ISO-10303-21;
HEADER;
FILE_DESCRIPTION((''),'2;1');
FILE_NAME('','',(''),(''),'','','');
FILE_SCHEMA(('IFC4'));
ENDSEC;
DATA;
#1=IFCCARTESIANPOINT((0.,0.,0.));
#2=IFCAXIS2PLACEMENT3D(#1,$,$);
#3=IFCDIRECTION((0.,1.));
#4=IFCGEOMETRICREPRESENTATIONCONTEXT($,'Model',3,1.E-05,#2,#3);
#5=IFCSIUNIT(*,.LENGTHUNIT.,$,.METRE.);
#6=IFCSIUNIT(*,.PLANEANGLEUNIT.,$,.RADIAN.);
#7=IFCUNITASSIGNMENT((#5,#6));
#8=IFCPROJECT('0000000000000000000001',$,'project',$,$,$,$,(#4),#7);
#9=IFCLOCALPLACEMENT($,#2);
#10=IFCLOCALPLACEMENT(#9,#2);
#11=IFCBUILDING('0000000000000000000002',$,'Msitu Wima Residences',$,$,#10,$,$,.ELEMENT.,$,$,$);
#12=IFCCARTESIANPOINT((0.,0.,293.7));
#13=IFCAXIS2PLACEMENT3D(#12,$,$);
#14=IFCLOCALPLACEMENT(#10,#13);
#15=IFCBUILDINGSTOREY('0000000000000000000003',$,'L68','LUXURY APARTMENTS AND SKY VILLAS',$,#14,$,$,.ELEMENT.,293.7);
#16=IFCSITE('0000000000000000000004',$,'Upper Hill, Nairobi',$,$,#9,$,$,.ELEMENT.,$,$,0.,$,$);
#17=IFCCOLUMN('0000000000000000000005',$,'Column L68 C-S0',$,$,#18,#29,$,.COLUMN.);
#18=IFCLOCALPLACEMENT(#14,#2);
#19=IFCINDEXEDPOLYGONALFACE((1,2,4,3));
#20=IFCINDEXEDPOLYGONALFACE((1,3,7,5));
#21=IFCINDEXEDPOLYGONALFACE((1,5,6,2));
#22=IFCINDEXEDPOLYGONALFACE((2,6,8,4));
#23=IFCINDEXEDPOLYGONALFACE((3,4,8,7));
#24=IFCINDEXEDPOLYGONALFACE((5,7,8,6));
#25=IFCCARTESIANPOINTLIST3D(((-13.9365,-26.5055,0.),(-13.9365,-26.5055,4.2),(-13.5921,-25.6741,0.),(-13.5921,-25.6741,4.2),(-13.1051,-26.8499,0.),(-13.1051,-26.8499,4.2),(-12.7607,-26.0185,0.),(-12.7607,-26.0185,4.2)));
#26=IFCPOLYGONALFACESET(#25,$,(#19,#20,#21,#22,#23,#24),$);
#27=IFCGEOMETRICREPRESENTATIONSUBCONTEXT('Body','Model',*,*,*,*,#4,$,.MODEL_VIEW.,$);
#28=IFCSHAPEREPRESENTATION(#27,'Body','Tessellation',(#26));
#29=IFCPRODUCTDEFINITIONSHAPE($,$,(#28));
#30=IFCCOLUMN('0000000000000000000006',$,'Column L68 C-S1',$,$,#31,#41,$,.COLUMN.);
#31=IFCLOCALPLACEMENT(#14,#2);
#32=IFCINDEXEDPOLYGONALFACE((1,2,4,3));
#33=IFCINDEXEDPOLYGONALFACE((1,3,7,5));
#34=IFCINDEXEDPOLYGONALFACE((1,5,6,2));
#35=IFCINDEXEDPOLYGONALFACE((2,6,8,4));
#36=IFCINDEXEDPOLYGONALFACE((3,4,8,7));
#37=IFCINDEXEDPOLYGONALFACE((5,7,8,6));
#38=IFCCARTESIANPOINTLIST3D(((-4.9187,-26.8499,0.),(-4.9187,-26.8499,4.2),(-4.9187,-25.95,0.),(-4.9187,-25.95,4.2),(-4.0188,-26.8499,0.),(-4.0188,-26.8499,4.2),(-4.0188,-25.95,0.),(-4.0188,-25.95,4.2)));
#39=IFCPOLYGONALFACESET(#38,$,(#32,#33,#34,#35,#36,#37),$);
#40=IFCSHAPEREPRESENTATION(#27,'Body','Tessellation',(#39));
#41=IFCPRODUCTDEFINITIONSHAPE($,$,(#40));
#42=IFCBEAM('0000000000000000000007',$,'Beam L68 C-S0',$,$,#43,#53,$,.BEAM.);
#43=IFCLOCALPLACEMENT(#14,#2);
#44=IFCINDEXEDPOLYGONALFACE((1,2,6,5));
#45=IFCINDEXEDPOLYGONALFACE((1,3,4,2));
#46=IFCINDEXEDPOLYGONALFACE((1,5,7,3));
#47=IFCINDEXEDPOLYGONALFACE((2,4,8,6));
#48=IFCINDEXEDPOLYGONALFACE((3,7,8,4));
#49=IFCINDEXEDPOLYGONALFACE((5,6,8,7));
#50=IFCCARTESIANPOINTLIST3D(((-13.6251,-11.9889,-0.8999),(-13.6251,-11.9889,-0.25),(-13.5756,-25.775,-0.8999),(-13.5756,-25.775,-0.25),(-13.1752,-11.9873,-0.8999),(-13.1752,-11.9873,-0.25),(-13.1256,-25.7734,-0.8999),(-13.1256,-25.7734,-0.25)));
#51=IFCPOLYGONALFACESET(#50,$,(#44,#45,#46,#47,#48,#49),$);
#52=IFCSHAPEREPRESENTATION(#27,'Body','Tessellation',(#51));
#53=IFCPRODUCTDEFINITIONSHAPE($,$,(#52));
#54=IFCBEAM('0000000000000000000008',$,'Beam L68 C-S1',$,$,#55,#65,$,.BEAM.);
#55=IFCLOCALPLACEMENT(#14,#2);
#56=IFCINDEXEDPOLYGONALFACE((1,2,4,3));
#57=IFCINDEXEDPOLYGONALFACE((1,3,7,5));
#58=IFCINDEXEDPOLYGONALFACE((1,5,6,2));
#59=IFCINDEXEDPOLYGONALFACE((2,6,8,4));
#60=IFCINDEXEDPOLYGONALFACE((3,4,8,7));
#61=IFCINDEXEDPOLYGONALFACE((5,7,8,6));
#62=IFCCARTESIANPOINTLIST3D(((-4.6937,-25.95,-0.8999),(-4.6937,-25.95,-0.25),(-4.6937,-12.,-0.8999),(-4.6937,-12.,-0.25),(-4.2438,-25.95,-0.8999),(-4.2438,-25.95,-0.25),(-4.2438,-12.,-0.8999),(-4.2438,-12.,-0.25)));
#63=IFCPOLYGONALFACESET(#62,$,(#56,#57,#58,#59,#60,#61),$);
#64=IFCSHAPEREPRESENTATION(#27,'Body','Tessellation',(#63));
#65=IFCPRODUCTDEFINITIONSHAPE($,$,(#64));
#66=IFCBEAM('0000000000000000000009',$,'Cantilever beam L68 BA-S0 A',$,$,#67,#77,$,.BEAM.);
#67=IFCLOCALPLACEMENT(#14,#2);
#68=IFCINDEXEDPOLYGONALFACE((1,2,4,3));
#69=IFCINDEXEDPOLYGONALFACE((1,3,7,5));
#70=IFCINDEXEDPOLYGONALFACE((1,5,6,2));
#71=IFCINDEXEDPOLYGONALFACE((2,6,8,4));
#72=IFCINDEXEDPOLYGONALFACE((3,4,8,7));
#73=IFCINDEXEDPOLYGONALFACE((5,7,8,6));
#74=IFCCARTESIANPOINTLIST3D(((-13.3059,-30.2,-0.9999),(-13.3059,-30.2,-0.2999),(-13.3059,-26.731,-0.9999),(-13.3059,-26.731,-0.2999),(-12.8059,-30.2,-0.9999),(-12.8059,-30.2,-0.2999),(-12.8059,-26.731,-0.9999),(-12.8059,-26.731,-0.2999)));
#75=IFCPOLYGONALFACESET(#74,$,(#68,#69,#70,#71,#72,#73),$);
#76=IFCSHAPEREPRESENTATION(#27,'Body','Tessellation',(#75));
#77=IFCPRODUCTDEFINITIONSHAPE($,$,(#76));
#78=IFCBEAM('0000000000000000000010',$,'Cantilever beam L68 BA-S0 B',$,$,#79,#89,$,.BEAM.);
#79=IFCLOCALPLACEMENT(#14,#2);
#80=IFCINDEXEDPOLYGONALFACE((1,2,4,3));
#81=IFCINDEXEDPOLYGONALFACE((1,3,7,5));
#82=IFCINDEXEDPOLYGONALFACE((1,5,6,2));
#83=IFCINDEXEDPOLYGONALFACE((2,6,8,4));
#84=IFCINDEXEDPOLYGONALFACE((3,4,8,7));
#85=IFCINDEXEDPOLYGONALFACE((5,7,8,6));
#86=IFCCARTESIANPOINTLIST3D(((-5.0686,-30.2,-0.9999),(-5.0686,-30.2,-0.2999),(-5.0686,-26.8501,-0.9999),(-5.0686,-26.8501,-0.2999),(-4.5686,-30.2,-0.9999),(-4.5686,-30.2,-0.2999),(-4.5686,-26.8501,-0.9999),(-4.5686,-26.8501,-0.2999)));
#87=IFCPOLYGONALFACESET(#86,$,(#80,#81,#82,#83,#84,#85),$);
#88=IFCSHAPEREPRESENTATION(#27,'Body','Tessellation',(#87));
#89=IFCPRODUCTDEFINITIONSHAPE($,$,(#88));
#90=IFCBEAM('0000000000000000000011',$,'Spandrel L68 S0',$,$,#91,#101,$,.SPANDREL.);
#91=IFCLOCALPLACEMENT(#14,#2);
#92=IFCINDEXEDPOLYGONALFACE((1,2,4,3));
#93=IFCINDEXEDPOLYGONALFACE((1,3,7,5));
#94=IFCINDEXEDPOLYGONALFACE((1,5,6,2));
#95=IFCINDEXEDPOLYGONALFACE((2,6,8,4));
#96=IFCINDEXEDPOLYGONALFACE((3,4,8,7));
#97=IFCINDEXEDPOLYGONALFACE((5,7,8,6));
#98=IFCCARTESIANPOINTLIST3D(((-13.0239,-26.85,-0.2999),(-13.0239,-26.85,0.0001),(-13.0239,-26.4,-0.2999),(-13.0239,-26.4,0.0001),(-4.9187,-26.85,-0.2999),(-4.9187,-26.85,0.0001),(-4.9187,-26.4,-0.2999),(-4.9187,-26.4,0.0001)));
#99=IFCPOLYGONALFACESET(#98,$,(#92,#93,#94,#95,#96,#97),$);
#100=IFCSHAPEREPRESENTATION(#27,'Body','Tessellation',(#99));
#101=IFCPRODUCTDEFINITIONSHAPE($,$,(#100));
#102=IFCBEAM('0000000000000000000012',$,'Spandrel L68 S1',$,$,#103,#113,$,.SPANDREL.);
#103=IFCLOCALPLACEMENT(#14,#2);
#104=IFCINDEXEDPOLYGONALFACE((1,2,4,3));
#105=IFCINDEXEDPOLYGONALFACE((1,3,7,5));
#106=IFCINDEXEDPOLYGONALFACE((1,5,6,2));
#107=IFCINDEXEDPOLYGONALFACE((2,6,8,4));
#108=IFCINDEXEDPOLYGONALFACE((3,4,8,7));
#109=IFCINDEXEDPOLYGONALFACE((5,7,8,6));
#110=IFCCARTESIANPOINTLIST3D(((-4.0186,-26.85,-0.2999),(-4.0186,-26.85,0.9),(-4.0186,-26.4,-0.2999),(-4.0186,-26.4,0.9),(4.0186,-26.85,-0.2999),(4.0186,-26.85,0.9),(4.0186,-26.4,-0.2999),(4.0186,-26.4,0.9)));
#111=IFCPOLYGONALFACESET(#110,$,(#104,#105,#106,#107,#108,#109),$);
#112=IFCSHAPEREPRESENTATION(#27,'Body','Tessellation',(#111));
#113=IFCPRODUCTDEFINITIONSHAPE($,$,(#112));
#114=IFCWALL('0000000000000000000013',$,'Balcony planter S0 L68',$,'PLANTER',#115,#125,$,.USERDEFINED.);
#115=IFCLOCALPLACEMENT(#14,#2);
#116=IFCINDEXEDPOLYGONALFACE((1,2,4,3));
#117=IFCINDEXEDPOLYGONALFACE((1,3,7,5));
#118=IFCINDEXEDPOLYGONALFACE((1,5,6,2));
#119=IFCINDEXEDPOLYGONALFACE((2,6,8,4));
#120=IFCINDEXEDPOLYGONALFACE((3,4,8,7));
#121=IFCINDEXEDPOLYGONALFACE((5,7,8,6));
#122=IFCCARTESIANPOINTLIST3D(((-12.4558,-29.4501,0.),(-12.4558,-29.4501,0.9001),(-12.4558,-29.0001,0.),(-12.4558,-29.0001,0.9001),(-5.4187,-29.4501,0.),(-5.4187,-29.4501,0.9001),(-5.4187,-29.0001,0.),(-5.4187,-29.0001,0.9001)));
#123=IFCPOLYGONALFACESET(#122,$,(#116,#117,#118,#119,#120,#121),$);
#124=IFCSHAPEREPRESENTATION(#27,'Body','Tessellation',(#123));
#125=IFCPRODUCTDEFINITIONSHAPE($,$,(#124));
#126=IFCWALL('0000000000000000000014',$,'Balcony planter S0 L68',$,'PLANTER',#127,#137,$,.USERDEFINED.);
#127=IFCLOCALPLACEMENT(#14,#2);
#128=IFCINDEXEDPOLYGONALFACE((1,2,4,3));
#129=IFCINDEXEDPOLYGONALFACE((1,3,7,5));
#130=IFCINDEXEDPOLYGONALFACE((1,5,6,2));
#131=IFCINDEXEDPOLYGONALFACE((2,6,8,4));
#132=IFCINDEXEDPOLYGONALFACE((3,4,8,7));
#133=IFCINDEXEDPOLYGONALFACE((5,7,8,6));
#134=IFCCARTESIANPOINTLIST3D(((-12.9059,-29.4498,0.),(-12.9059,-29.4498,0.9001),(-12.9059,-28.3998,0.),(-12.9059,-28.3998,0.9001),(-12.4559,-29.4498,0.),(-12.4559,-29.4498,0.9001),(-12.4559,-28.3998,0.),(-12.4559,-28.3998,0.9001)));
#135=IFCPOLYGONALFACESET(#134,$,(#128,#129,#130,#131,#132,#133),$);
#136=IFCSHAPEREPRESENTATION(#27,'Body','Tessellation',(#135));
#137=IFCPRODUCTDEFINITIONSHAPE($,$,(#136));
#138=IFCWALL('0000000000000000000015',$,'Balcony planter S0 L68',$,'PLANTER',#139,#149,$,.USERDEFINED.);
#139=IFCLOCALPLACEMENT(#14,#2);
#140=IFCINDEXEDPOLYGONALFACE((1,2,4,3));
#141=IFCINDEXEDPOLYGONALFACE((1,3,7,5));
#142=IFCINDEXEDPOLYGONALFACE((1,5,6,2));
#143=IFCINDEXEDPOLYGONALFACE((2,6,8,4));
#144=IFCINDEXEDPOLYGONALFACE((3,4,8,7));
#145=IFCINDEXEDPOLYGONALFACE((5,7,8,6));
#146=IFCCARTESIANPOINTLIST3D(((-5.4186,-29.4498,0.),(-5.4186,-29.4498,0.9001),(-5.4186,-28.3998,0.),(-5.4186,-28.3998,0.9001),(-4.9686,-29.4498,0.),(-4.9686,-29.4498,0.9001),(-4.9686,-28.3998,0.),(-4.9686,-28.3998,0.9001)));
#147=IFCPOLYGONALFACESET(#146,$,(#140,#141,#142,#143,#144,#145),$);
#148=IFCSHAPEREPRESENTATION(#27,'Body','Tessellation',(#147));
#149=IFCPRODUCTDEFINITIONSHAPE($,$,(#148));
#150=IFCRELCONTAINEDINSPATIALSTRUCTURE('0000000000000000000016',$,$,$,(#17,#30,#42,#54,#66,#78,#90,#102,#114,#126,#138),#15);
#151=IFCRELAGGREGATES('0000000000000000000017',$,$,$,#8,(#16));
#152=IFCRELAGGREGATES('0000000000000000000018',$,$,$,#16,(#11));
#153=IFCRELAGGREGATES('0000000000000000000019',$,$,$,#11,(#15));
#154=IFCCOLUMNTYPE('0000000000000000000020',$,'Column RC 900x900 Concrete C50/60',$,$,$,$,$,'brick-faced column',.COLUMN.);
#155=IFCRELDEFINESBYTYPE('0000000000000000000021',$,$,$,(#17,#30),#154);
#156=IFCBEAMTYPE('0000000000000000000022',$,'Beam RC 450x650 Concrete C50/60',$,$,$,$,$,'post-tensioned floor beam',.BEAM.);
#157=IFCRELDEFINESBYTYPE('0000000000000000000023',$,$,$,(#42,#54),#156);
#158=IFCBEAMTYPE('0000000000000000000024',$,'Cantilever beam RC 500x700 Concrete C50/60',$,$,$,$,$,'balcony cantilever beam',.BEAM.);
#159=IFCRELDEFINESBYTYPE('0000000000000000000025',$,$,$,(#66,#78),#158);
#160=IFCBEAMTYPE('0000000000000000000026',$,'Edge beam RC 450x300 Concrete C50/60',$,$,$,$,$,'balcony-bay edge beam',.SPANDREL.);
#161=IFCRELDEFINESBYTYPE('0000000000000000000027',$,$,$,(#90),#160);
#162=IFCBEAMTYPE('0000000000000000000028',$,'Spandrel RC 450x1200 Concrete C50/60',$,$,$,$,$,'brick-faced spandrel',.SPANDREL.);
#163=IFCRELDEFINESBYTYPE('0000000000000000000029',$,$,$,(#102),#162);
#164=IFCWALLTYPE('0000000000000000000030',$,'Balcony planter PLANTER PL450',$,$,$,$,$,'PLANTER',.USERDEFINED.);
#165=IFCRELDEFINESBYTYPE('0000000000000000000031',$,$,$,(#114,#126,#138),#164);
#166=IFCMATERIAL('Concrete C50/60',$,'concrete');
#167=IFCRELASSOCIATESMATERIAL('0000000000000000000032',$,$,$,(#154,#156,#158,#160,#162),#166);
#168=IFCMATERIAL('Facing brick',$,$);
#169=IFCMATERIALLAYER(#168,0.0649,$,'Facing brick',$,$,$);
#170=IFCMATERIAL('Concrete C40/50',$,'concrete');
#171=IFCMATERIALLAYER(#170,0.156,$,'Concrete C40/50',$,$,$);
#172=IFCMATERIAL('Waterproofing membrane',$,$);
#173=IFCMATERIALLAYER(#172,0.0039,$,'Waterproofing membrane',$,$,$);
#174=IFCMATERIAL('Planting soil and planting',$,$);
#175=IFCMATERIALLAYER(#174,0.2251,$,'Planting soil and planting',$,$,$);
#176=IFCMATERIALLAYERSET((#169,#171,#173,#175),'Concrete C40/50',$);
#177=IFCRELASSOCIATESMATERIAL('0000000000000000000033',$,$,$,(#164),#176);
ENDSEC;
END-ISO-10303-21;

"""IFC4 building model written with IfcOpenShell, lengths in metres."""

from ifc_helpers import new_model, si_unit, direction, frame, frame_2d, origin, origin_2d, place, context, subcontext, project, spatial, rectangle, extrude, material, layer, layer_set, material_profile, profile_set, type_object, element, save


model = new_model("IFC4")

# Units and contexts
model_context = context("Model", 3, precision=1e-05, world=origin(), true_north=direction((0.0, 1.0)))
body_context = subcontext(model_context, "Body", "Model", "MODEL_VIEW")
ifc_project = project(units=[si_unit("LENGTHUNIT", "METRE"), si_unit("PLANEANGLEUNIT", "RADIAN")], contexts=[model_context])

# Site, building, storey
site_placement = place(None, origin())
site = spatial("IfcSite", under=ifc_project, at=site_placement, Name="Upper Hill, Nairobi", CompositionType="ELEMENT", RefElevation=0.0)
building_placement = place(site_placement, origin())
building = spatial("IfcBuilding", under=site, at=building_placement, Name="Msitu Wima Residences", CompositionType="ELEMENT")
storey_placement = place(building_placement, frame((0.0, 0.0, 293.7)))
storey = spatial("IfcBuildingStorey", under=building, at=storey_placement, Name="L68", Description="LUXURY APARTMENTS AND SKY VILLAS", CompositionType="ELEMENT", Elevation=293.7)

# Columns
ifc_material_1 = material(Name="Concrete C50/60", Category="concrete")
ifc_material_profile_1 = material_profile(ifc_material_1, rectangle(XDim=0.8999, YDim=0.8999, at=origin_2d()), Name="RC 900x900")
ifc_profile_set_1 = profile_set([ifc_material_profile_1], Name="Concrete C50/60")
column_type = type_object("IfcColumnType", Name="Column RC 900x900 Concrete C50/60", ElementType="brick-faced column", PredefinedType="COLUMN", material=ifc_profile_set_1)
for number, where, z_axis, x_axis, name in (
    (1, (-13.3486, -26.262, 0.0), (0.0, 0.0, 1.0), (0.92388, -0.382683, 0.0), "Column L68 C-S0"),
    (2, (-4.4688, -26.3999, 0.0), (0.0, 0.0, 1.0), (1.0, 0.0, 0.0), "Column L68 C-S1"),
):
    element("IfcColumn", number, at=place(storey_placement, frame(where, z_axis=z_axis, x_axis=x_axis)), inside=storey, type_object=column_type, Name=name, PredefinedType="COLUMN", context=body_context, shape_type="SweptSolid", body=[
        extrude(rectangle(XDim=0.8999, YDim=0.8999, at=origin_2d()), origin(), (0.0, 0.0, 1.0), 4.2),
    ])

# Beams
ifc_material_profile_2 = material_profile(ifc_material_1, rectangle(XDim=0.45, YDim=0.6499, at=origin_2d()), Name="RC 450x650")
ifc_profile_set_2 = profile_set([ifc_material_profile_2], Name="Concrete C50/60")
beam_type_1 = type_object("IfcBeamType", Name="Beam RC 450x650 Concrete C50/60", ElementType="post-tensioned floor beam", PredefinedType="BEAM", material=ifc_profile_set_2)
beam_1_placement = place(storey_placement, frame((-13.3506, -25.7742, -0.575), z_axis=(-0.003595, 0.999994, 0.0), x_axis=(-0.999994, -0.003595, 0.0)))
element("IfcBeam", 3, at=beam_1_placement, inside=storey, type_object=beam_type_1, Name="Beam L68 C-S0", PredefinedType="BEAM", context=body_context, shape_type="SweptSolid", body=[
    extrude(rectangle(XDim=0.45, YDim=0.6499, at=origin_2d()), origin(), (0.0, 0.0, 1.0), 13.7861),
])
beam_2_placement = place(storey_placement, frame((-4.4688, -25.95, -0.575), z_axis=(0.0, 1.0, 0.0), x_axis=(-1.0, 0.0, 0.0)))
element("IfcBeam", 4, at=beam_2_placement, inside=storey, type_object=beam_type_1, Name="Beam L68 C-S1", PredefinedType="BEAM", context=body_context, shape_type="SweptSolid", body=[
    extrude(rectangle(XDim=0.45, YDim=0.6499, at=origin_2d()), origin(), (0.0, 0.0, 1.0), 13.95),
])
ifc_material_profile_3 = material_profile(ifc_material_1, rectangle(XDim=0.5, YDim=0.7, at=origin_2d()), Name="RC 500x700")
ifc_profile_set_3 = profile_set([ifc_material_profile_3], Name="Concrete C50/60")
beam_type_2 = type_object("IfcBeamType", Name="Cantilever beam RC 500x700 Concrete C50/60", ElementType="balcony cantilever beam", PredefinedType="BEAM", material=ifc_profile_set_3)
beam_3_placement = place(storey_placement, frame((-13.0559, -26.731, -0.6499), z_axis=(0.0, -1.0, 0.0), x_axis=(1.0, 0.0, 0.0)))
element("IfcBeam", 5, at=beam_3_placement, inside=storey, type_object=beam_type_2, Name="Cantilever beam L68 BA-S0 A", PredefinedType="BEAM", context=body_context, shape_type="SweptSolid", body=[
    extrude(rectangle(XDim=0.5, YDim=0.7, at=origin_2d()), origin(), (0.0, 0.0, 1.0), 3.469),
])
beam_4_placement = place(storey_placement, frame((-4.8186, -26.8501, -0.6499), z_axis=(0.0, -1.0, 0.0), x_axis=(1.0, 0.0, 0.0)))
element("IfcBeam", 6, at=beam_4_placement, inside=storey, type_object=beam_type_2, Name="Cantilever beam L68 BA-S0 B", PredefinedType="BEAM", context=body_context, shape_type="SweptSolid", body=[
    extrude(rectangle(XDim=0.5, YDim=0.7, at=origin_2d()), origin(), (0.0, 0.0, 1.0), 3.3499),
])
ifc_material_profile_4 = material_profile(ifc_material_1, rectangle(XDim=0.45, YDim=0.3, at=origin_2d()), Name="RC 450x300")
ifc_profile_set_4 = profile_set([ifc_material_profile_4], Name="Concrete C50/60")
beam_type_3 = type_object("IfcBeamType", Name="Edge beam RC 450x300 Concrete C50/60", ElementType="balcony-bay edge beam", PredefinedType="SPANDREL", material=ifc_profile_set_4)
beam_5_placement = place(storey_placement, frame((-13.0239, -26.625, -0.1499), z_axis=(1.0, 0.0, 0.0), x_axis=(0.0, 1.0, 0.0)))
element("IfcBeam", 7, at=beam_5_placement, inside=storey, type_object=beam_type_3, Name="Spandrel L68 S0", PredefinedType="SPANDREL", context=body_context, shape_type="SweptSolid", body=[
    extrude(rectangle(XDim=0.45, YDim=0.3, at=origin_2d()), origin(), (0.0, 0.0, 1.0), 8.1052),
])
ifc_material_profile_5 = material_profile(ifc_material_1, rectangle(XDim=0.45, YDim=1.2, at=origin_2d()), Name="RC 450x1200")
ifc_profile_set_5 = profile_set([ifc_material_profile_5], Name="Concrete C50/60")
beam_type_4 = type_object("IfcBeamType", Name="Spandrel RC 450x1200 Concrete C50/60", ElementType="brick-faced spandrel", PredefinedType="SPANDREL", material=ifc_profile_set_5)
beam_6_placement = place(storey_placement, frame((-4.0186, -26.625, 0.3), z_axis=(1.0, 0.0, 0.0), x_axis=(0.0, 1.0, 0.0)))
element("IfcBeam", 8, at=beam_6_placement, inside=storey, type_object=beam_type_4, Name="Spandrel L68 S1", PredefinedType="SPANDREL", context=body_context, shape_type="SweptSolid", body=[
    extrude(rectangle(XDim=0.45, YDim=1.2, at=origin_2d()), origin(), (0.0, 0.0, 1.0), 8.0371),
])

# Walls
ifc_material_2 = material(Name="Facing brick")
ifc_layer_1 = layer(ifc_material_2, 0.0649, Name="Facing brick")
ifc_material_3 = material(Name="Concrete C40/50", Category="concrete")
ifc_layer_2 = layer(ifc_material_3, 0.156, Name="Concrete C40/50")
ifc_material_4 = material(Name="Waterproofing membrane")
ifc_layer_3 = layer(ifc_material_4, 0.0039, Name="Waterproofing membrane")
ifc_material_5 = material(Name="Planting soil and planting")
ifc_layer_4 = layer(ifc_material_5, 0.2251, Name="Planting soil and planting")
ifc_layer_set_1 = layer_set([ifc_layer_1, ifc_layer_2, ifc_layer_3, ifc_layer_4], Name="Concrete C40/50")
wall_type_1 = type_object("IfcWallType", Name="Balcony planter PLANTER PL450", ElementType="PLANTER", PredefinedType="USERDEFINED", material=ifc_layer_set_1)
wall_1_placement = place(storey_placement, frame((-12.4558, -29.2251, 0.0), z_axis=(0.0, 0.0, 1.0), x_axis=(1.0, 0.0, 0.0)))
element("IfcWall", 9, at=wall_1_placement, inside=storey, type_object=wall_type_1, Name="Balcony planter S0 L68", ObjectType="PLANTER", PredefinedType="USERDEFINED", context=body_context, shape_type="SweptSolid", body=[
    extrude(rectangle(XDim=7.0371, YDim=0.45, at=frame_2d((3.5186, 0.0))), origin(), (0.0, 0.0, 1.0), 0.9001),
])
for number, where, z_axis, x_axis, name in (
    (10, (-12.6809, -28.3999, 0.0), (0.0, 0.0, 1.0), (0.0, -1.0, 0.0), "Balcony planter S0 L68"),
    (11, (-5.1936, -28.3999, 0.0), (0.0, 0.0, 1.0), (0.0, -1.0, 0.0), "Balcony planter S0 L68"),
):
    element("IfcWall", number, at=place(storey_placement, frame(where, z_axis=z_axis, x_axis=x_axis)), inside=storey, type_object=wall_type_1, Name=name, ObjectType="PLANTER", PredefinedType="USERDEFINED", context=body_context, shape_type="SweptSolid", body=[
        extrude(rectangle(XDim=1.05, YDim=0.45, at=frame_2d((0.5249, 0.0))), origin(), (0.0, 0.0, 1.0), 0.9001),
    ])

save(model, "model.ifc")
